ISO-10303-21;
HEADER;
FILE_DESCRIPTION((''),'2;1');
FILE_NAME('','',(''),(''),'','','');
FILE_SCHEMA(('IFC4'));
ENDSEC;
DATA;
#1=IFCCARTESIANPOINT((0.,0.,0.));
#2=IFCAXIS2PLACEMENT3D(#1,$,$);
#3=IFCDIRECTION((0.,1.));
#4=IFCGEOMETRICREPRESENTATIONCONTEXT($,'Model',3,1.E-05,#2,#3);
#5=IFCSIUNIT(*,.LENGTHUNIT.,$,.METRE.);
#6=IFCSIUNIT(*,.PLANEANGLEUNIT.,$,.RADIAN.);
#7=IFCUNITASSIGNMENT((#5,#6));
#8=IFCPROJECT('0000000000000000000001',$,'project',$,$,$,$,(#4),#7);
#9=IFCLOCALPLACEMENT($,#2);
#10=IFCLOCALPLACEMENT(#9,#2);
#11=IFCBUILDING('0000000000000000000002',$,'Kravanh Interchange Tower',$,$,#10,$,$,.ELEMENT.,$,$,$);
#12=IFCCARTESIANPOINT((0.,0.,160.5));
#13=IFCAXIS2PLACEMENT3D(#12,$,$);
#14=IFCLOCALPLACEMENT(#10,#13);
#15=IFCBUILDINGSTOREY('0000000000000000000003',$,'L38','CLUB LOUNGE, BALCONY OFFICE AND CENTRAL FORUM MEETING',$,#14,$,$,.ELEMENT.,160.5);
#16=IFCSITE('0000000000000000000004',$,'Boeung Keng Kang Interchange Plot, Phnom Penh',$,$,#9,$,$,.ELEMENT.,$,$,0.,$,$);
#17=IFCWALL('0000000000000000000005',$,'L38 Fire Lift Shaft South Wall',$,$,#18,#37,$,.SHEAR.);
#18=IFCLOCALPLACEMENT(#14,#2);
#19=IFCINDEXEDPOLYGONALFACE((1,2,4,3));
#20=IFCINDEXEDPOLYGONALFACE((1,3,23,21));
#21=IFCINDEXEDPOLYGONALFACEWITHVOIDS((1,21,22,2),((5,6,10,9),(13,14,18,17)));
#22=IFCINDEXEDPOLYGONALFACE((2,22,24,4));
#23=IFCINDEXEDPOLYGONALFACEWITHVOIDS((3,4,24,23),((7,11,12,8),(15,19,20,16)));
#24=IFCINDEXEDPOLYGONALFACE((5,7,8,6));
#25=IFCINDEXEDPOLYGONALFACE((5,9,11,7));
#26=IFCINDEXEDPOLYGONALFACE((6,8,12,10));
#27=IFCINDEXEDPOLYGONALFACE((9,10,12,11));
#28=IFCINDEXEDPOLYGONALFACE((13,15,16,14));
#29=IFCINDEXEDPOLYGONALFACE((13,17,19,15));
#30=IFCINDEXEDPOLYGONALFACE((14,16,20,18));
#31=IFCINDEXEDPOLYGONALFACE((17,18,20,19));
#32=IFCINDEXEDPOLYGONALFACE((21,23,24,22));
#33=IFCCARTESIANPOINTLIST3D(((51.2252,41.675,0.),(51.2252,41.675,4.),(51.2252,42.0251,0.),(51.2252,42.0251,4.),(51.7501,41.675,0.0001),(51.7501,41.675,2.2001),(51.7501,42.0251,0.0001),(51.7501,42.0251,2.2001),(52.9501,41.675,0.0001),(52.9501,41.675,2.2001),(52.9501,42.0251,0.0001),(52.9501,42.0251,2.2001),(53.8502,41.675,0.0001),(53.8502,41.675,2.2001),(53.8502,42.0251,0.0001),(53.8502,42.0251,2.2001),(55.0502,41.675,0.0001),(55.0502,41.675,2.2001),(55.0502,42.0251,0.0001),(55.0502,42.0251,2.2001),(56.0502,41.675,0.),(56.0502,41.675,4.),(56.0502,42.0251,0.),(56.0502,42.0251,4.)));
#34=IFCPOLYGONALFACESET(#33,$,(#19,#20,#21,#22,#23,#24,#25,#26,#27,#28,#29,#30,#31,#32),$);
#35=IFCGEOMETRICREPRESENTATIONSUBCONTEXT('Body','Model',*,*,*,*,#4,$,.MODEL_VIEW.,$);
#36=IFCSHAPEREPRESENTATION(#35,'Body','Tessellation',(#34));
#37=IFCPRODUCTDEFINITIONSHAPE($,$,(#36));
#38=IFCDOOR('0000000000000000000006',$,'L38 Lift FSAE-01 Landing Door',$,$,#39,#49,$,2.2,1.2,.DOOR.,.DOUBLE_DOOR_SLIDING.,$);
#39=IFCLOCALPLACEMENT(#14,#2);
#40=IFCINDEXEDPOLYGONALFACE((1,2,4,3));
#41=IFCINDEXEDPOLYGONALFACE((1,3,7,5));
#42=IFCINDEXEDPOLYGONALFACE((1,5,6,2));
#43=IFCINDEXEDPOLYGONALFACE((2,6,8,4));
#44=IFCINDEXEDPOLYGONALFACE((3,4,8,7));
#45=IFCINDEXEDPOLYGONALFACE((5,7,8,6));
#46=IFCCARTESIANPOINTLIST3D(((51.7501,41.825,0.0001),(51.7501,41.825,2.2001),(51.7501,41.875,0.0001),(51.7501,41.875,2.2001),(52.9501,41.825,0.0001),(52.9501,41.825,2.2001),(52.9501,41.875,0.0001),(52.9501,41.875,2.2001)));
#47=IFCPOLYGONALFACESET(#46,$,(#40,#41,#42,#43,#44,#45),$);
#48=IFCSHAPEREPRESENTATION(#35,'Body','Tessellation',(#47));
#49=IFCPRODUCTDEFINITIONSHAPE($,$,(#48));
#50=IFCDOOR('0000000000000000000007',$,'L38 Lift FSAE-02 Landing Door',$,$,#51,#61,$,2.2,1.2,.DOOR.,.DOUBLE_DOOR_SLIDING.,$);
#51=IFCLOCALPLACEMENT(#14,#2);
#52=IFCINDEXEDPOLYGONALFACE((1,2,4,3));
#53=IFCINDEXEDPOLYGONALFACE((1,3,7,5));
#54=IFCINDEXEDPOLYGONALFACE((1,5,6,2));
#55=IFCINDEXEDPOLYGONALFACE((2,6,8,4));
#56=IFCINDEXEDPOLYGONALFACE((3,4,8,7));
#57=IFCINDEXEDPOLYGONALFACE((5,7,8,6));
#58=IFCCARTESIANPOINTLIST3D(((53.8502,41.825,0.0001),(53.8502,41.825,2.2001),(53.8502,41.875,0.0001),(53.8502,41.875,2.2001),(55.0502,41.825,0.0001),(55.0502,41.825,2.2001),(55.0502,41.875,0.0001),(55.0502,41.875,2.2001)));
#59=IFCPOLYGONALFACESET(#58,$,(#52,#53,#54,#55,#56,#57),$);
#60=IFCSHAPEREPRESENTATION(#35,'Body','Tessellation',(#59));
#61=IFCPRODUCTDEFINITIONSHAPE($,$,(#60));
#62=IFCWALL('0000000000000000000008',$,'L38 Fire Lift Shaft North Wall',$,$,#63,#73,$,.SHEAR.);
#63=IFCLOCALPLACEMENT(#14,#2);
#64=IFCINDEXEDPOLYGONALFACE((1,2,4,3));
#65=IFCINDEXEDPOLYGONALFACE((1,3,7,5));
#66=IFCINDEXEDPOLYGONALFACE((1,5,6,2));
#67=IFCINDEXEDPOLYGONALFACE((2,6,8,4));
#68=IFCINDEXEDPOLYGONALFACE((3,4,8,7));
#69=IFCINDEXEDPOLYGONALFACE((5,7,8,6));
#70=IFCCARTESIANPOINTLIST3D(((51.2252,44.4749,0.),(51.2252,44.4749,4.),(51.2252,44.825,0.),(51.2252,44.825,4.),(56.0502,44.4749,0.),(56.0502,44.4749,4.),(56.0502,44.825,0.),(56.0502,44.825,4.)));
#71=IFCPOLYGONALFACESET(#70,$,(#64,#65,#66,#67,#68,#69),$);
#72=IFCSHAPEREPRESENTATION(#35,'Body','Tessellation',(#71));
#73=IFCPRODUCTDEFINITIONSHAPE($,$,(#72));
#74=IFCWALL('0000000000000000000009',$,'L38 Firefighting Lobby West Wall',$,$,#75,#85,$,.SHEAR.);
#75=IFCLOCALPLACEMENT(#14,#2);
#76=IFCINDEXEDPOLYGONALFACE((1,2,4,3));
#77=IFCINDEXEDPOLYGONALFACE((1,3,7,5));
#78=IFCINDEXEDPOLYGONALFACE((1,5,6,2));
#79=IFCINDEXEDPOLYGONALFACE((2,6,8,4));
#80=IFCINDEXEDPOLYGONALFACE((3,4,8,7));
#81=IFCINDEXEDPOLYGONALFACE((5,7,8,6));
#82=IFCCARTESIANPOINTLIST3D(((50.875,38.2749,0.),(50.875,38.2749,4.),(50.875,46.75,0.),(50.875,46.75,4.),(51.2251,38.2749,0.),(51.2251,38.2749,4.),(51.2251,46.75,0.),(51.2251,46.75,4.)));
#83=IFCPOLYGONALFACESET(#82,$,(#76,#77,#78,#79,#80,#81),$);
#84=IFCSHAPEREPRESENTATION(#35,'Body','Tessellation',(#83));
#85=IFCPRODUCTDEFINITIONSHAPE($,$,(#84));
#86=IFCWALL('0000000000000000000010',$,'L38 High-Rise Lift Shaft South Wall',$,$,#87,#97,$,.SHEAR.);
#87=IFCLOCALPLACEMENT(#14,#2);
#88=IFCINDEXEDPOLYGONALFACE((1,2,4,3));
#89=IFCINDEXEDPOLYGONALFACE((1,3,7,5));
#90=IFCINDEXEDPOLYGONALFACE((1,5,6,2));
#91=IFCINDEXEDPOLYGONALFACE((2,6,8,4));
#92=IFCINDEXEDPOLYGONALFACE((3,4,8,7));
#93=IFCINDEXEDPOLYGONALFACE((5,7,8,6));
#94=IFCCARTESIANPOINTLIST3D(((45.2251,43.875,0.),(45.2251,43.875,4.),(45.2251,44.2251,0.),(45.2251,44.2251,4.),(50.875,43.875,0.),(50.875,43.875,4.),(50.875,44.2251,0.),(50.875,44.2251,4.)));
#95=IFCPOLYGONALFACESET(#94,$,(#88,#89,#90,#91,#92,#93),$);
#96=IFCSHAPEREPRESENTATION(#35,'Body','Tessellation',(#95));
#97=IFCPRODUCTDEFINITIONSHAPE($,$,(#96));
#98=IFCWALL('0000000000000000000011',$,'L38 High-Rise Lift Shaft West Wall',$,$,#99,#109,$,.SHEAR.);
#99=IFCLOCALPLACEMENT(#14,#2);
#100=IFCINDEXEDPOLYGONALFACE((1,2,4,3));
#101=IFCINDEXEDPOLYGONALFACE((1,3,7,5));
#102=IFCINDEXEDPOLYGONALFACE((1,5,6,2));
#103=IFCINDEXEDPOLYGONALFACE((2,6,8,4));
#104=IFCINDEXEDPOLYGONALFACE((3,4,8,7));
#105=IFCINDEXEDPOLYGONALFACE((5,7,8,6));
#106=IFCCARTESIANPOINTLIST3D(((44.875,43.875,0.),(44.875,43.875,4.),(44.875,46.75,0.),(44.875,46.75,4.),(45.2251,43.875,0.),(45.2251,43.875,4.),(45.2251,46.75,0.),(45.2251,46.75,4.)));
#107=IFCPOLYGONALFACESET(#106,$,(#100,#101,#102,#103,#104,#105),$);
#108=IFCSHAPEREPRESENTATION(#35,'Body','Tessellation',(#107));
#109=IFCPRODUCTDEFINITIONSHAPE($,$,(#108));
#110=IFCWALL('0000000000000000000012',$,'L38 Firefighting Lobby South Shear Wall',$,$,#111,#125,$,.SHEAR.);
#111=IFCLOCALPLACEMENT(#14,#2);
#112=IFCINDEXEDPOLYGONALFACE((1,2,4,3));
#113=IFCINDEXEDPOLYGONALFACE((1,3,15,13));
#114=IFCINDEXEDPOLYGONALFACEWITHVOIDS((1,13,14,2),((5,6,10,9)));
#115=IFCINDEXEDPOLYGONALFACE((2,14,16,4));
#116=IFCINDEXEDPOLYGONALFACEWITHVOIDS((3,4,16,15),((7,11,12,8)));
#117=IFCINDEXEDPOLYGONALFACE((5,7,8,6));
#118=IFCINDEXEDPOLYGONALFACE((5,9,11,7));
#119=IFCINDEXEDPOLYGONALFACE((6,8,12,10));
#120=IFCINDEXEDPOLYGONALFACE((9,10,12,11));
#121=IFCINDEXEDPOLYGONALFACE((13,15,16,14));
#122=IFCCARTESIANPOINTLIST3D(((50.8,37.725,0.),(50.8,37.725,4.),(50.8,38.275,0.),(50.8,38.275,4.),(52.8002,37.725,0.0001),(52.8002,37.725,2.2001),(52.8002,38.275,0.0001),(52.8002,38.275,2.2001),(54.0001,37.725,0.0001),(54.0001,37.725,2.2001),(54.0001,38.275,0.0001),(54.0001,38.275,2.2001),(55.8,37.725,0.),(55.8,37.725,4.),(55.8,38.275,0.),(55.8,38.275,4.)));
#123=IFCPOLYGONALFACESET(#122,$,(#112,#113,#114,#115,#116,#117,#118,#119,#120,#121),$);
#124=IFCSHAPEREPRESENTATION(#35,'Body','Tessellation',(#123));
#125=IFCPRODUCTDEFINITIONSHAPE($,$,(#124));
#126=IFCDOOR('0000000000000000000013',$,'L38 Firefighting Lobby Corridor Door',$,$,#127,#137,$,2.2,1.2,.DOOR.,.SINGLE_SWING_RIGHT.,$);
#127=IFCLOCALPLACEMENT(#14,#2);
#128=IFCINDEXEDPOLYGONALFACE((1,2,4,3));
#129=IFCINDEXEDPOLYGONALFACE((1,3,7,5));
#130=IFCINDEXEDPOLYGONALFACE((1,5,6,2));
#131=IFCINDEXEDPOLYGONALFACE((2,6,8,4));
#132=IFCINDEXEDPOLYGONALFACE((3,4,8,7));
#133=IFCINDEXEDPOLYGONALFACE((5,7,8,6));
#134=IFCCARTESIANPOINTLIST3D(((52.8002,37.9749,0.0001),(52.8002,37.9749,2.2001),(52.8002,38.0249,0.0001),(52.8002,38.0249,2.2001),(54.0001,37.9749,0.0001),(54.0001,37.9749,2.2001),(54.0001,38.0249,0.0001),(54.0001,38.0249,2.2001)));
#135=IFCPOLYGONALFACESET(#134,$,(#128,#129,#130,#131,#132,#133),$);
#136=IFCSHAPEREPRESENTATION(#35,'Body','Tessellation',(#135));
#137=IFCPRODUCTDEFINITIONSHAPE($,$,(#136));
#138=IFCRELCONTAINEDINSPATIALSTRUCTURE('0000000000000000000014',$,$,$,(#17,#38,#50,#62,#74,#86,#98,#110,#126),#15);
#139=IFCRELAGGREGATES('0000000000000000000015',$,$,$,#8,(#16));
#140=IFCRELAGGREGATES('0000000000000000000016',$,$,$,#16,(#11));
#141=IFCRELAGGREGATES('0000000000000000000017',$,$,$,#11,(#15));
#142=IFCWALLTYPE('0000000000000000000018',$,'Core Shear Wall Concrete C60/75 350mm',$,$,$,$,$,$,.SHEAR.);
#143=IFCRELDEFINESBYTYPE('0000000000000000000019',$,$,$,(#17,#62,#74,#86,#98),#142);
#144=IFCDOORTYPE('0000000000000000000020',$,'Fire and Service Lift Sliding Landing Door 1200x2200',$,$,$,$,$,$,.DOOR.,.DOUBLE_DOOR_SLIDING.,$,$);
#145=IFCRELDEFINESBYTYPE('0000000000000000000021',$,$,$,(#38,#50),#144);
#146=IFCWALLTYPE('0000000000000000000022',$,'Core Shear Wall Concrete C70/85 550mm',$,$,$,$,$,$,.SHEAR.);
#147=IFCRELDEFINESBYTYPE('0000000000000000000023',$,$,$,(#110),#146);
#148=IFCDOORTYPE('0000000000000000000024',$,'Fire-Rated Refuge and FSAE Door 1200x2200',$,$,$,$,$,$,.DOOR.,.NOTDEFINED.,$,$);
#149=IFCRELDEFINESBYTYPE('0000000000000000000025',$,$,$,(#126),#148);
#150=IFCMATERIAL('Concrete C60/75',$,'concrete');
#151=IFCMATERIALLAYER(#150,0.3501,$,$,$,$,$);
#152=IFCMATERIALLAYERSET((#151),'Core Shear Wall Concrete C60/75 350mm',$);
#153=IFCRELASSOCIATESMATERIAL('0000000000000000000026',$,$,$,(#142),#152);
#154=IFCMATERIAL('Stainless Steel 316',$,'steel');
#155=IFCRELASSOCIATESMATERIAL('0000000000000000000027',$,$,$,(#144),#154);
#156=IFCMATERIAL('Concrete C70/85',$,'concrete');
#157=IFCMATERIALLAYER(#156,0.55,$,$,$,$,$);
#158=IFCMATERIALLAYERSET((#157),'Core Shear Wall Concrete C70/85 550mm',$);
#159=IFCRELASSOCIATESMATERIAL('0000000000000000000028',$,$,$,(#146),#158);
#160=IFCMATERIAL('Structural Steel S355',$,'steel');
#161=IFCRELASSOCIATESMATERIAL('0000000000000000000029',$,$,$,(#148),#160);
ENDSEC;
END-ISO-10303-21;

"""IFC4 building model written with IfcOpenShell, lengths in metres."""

from ifc_helpers import new_model, si_unit, direction, frame, frame_2d, origin, place, context, subcontext, project, spatial, rectangle, extrude, material, layer, layer_set, type_object, element, fill, save


model = new_model("IFC4")

# Units and contexts
model_context = context("Model", 3, precision=1e-05, world=origin(), true_north=direction((0.0, 1.0)))
body_context = subcontext(model_context, "Body", "Model", "MODEL_VIEW")
ifc_project = project(units=[si_unit("LENGTHUNIT", "METRE"), si_unit("PLANEANGLEUNIT", "RADIAN")], contexts=[model_context])

# Site, building, storey
site_placement = place(None, origin())
site = spatial("IfcSite", under=ifc_project, at=site_placement, Name="Boeung Keng Kang Interchange Plot, Phnom Penh", CompositionType="ELEMENT", RefElevation=0.0)
building_placement = place(site_placement, origin())
building = spatial("IfcBuilding", under=site, at=building_placement, Name="Kravanh Interchange Tower", CompositionType="ELEMENT")
storey_placement = place(building_placement, frame((0.0, 0.0, 160.5)))
storey = spatial("IfcBuildingStorey", under=building, at=storey_placement, Name="L38", Description="CLUB LOUNGE, BALCONY OFFICE AND CENTRAL FORUM MEETING", CompositionType="ELEMENT", Elevation=160.5)

# Wall, openings, doors
ifc_material_1 = material(Name="Concrete C60/75", Category="concrete")
ifc_layer_1 = layer(ifc_material_1, 0.3501)
ifc_layer_set_1 = layer_set([ifc_layer_1], Name="Core Shear Wall Concrete C60/75 350mm")
wall_type_1 = type_object("IfcWallType", Name="Core Shear Wall Concrete C60/75 350mm", PredefinedType="SHEAR", material=ifc_layer_set_1)
wall_1_placement = place(storey_placement, frame((51.2251, 41.8501, 0.0), z_axis=(0.0, 0.0, 1.0), x_axis=(1.0, 0.0, 0.0)))
wall_1 = element("IfcWall", 1, at=wall_1_placement, inside=storey, type_object=wall_type_1, Name="L38 Fire Lift Shaft South Wall", PredefinedType="SHEAR", context=body_context, shape_type="SweptSolid", body=[
    extrude(rectangle(XDim=4.825, YDim=0.3501, at=frame_2d((2.4126, 0.0))), origin(), (0.0, 0.0, 1.0), 4.0),
])
opening_1_placement = place(wall_1_placement, frame((0.5249, 0.0, 0.0)))
opening_1 = element("IfcOpeningElement", 2, at=opening_1_placement, cuts=wall_1, PredefinedType="OPENING", context=body_context, shape_type="SweptSolid", body=[
    extrude(rectangle(XDim=1.2, YDim=2.2, at=frame_2d((0.6001, 1.1001))), frame((0.0, 0.1851, 0.0), z_axis=(0.0, -1.0, 0.0), x_axis=(1.0, 0.0, 0.0)), (0.0, 0.0, 1.0), 0.3701),
])
opening_2_placement = place(wall_1_placement, frame((2.625, 0.0, 0.0)))
opening_2 = element("IfcOpeningElement", 3, at=opening_2_placement, cuts=wall_1, PredefinedType="OPENING", context=body_context, shape_type="SweptSolid", body=[
    extrude(rectangle(XDim=1.2, YDim=2.2, at=frame_2d((0.6001, 1.1001))), frame((0.0, 0.1851, 0.0), z_axis=(0.0, -1.0, 0.0), x_axis=(1.0, 0.0, 0.0)), (0.0, 0.0, 1.0), 0.3701),
])
ifc_material_2 = material(Name="Stainless Steel 316", Category="steel")
door_type_1 = type_object("IfcDoorType", Name="Fire and Service Lift Sliding Landing Door 1200x2200", OperationType="DOUBLE_DOOR_SLIDING", PredefinedType="DOOR", material=ifc_material_2)
door_1_placement = place(opening_1_placement, origin())
door_1 = element("IfcDoor", 4, at=door_1_placement, inside=storey, type_object=door_type_1, Name="L38 Lift FSAE-01 Landing Door", OperationType="DOUBLE_DOOR_SLIDING", OverallHeight=2.2, OverallWidth=1.2, PredefinedType="DOOR", context=body_context, shape_type="SweptSolid", body=[
    extrude(rectangle(XDim=1.2, YDim=2.2, at=frame_2d((0.6001, 1.1001))), frame((0.0, 0.0249, 0.0), z_axis=(0.0, -1.0, 0.0), x_axis=(1.0, 0.0, 0.0)), (0.0, 0.0, 1.0), 0.05),
])
fill(opening_1, door_1)
door_2_placement = place(opening_2_placement, origin())
door_2 = element("IfcDoor", 5, at=door_2_placement, inside=storey, type_object=door_type_1, Name="L38 Lift FSAE-02 Landing Door", OperationType="DOUBLE_DOOR_SLIDING", OverallHeight=2.2, OverallWidth=1.2, PredefinedType="DOOR", context=body_context, shape_type="SweptSolid", body=[
    extrude(rectangle(XDim=1.2, YDim=2.2, at=frame_2d((0.6001, 1.1001))), frame((0.0, 0.0249, 0.0), z_axis=(0.0, -1.0, 0.0), x_axis=(1.0, 0.0, 0.0)), (0.0, 0.0, 1.0), 0.05),
])
fill(opening_2, door_2)

# Walls
wall_2_placement = place(storey_placement, frame((51.2251, 44.6499, 0.0), z_axis=(0.0, 0.0, 1.0), x_axis=(1.0, 0.0, 0.0)))
element("IfcWall", 6, at=wall_2_placement, inside=storey, type_object=wall_type_1, Name="L38 Fire Lift Shaft North Wall", PredefinedType="SHEAR", context=body_context, shape_type="SweptSolid", body=[
    extrude(rectangle(XDim=4.825, YDim=0.3501, at=frame_2d((2.4126, 0.0))), origin(), (0.0, 0.0, 1.0), 4.0),
])
wall_3_placement = place(storey_placement, frame((51.05, 38.2749, 0.0), z_axis=(0.0, 0.0, 1.0), x_axis=(0.0, 1.0, 0.0)))
element("IfcWall", 7, at=wall_3_placement, inside=storey, type_object=wall_type_1, Name="L38 Firefighting Lobby West Wall", PredefinedType="SHEAR", context=body_context, shape_type="SweptSolid", body=[
    extrude(rectangle(XDim=8.4751, YDim=0.3501, at=frame_2d((4.2375, 0.0))), origin(), (0.0, 0.0, 1.0), 4.0),
])
wall_4_placement = place(storey_placement, frame((45.2251, 44.05, 0.0), z_axis=(0.0, 0.0, 1.0), x_axis=(1.0, 0.0, 0.0)))
element("IfcWall", 8, at=wall_4_placement, inside=storey, type_object=wall_type_1, Name="L38 High-Rise Lift Shaft South Wall", PredefinedType="SHEAR", context=body_context, shape_type="SweptSolid", body=[
    extrude(rectangle(XDim=5.6499, YDim=0.3501, at=frame_2d((2.825, 0.0))), origin(), (0.0, 0.0, 1.0), 4.0),
])
wall_5_placement = place(storey_placement, frame((45.05, 43.875, 0.0), z_axis=(0.0, 0.0, 1.0), x_axis=(0.0, 1.0, 0.0)))
element("IfcWall", 9, at=wall_5_placement, inside=storey, type_object=wall_type_1, Name="L38 High-Rise Lift Shaft West Wall", PredefinedType="SHEAR", context=body_context, shape_type="SweptSolid", body=[
    extrude(rectangle(XDim=2.875, YDim=0.3501, at=frame_2d((1.4375, 0.0))), origin(), (0.0, 0.0, 1.0), 4.0),
])

# Shared definitions
ifc_material_3 = material(Name="Concrete C70/85", Category="concrete")
ifc_layer_2 = layer(ifc_material_3, 0.55)
ifc_layer_set_2 = layer_set([ifc_layer_2], Name="Core Shear Wall Concrete C70/85 550mm")
wall_type_2 = type_object("IfcWallType", Name="Core Shear Wall Concrete C70/85 550mm", PredefinedType="SHEAR", material=ifc_layer_set_2)

# Wall, opening, door
wall_6_placement = place(storey_placement, frame((50.8, 38.0, 0.0), z_axis=(0.0, 0.0, 1.0), x_axis=(1.0, 0.0, 0.0)))
wall_6 = element("IfcWall", 10, at=wall_6_placement, inside=storey, type_object=wall_type_2, Name="L38 Firefighting Lobby South Shear Wall", PredefinedType="SHEAR", context=body_context, shape_type="SweptSolid", body=[
    extrude(rectangle(XDim=5.0, YDim=0.55, at=frame_2d((2.5, 0.0))), origin(), (0.0, 0.0, 1.0), 4.0),
])
opening_3_placement = place(wall_6_placement, frame((2.0, 0.0, 0.0)))
opening_3 = element("IfcOpeningElement", 11, at=opening_3_placement, cuts=wall_6, PredefinedType="OPENING", context=body_context, shape_type="SweptSolid", body=[
    extrude(rectangle(XDim=1.2, YDim=2.2, at=frame_2d((0.6001, 1.1001))), frame((0.0, 0.2852, 0.0), z_axis=(0.0, -1.0, 0.0), x_axis=(1.0, 0.0, 0.0)), (0.0, 0.0, 1.0), 0.5701),
])
ifc_material_4 = material(Name="Structural Steel S355", Category="steel")
door_type_2 = type_object("IfcDoorType", Name="Fire-Rated Refuge and FSAE Door 1200x2200", OperationType="NOTDEFINED", PredefinedType="DOOR", material=ifc_material_4)
door_3_placement = place(opening_3_placement, origin())
door_3 = element("IfcDoor", 12, at=door_3_placement, inside=storey, type_object=door_type_2, Name="L38 Firefighting Lobby Corridor Door", OperationType="SINGLE_SWING_RIGHT", OverallHeight=2.2, OverallWidth=1.2, PredefinedType="DOOR", context=body_context, shape_type="SweptSolid", body=[
    extrude(rectangle(XDim=1.2, YDim=2.2, at=frame_2d((0.6001, 1.1001))), frame((0.0, 0.0249, 0.0), z_axis=(0.0, -1.0, 0.0), x_axis=(1.0, 0.0, 0.0)), (0.0, 0.0, 1.0), 0.05),
])
fill(opening_3, door_3)

save(model, "model.ifc")
